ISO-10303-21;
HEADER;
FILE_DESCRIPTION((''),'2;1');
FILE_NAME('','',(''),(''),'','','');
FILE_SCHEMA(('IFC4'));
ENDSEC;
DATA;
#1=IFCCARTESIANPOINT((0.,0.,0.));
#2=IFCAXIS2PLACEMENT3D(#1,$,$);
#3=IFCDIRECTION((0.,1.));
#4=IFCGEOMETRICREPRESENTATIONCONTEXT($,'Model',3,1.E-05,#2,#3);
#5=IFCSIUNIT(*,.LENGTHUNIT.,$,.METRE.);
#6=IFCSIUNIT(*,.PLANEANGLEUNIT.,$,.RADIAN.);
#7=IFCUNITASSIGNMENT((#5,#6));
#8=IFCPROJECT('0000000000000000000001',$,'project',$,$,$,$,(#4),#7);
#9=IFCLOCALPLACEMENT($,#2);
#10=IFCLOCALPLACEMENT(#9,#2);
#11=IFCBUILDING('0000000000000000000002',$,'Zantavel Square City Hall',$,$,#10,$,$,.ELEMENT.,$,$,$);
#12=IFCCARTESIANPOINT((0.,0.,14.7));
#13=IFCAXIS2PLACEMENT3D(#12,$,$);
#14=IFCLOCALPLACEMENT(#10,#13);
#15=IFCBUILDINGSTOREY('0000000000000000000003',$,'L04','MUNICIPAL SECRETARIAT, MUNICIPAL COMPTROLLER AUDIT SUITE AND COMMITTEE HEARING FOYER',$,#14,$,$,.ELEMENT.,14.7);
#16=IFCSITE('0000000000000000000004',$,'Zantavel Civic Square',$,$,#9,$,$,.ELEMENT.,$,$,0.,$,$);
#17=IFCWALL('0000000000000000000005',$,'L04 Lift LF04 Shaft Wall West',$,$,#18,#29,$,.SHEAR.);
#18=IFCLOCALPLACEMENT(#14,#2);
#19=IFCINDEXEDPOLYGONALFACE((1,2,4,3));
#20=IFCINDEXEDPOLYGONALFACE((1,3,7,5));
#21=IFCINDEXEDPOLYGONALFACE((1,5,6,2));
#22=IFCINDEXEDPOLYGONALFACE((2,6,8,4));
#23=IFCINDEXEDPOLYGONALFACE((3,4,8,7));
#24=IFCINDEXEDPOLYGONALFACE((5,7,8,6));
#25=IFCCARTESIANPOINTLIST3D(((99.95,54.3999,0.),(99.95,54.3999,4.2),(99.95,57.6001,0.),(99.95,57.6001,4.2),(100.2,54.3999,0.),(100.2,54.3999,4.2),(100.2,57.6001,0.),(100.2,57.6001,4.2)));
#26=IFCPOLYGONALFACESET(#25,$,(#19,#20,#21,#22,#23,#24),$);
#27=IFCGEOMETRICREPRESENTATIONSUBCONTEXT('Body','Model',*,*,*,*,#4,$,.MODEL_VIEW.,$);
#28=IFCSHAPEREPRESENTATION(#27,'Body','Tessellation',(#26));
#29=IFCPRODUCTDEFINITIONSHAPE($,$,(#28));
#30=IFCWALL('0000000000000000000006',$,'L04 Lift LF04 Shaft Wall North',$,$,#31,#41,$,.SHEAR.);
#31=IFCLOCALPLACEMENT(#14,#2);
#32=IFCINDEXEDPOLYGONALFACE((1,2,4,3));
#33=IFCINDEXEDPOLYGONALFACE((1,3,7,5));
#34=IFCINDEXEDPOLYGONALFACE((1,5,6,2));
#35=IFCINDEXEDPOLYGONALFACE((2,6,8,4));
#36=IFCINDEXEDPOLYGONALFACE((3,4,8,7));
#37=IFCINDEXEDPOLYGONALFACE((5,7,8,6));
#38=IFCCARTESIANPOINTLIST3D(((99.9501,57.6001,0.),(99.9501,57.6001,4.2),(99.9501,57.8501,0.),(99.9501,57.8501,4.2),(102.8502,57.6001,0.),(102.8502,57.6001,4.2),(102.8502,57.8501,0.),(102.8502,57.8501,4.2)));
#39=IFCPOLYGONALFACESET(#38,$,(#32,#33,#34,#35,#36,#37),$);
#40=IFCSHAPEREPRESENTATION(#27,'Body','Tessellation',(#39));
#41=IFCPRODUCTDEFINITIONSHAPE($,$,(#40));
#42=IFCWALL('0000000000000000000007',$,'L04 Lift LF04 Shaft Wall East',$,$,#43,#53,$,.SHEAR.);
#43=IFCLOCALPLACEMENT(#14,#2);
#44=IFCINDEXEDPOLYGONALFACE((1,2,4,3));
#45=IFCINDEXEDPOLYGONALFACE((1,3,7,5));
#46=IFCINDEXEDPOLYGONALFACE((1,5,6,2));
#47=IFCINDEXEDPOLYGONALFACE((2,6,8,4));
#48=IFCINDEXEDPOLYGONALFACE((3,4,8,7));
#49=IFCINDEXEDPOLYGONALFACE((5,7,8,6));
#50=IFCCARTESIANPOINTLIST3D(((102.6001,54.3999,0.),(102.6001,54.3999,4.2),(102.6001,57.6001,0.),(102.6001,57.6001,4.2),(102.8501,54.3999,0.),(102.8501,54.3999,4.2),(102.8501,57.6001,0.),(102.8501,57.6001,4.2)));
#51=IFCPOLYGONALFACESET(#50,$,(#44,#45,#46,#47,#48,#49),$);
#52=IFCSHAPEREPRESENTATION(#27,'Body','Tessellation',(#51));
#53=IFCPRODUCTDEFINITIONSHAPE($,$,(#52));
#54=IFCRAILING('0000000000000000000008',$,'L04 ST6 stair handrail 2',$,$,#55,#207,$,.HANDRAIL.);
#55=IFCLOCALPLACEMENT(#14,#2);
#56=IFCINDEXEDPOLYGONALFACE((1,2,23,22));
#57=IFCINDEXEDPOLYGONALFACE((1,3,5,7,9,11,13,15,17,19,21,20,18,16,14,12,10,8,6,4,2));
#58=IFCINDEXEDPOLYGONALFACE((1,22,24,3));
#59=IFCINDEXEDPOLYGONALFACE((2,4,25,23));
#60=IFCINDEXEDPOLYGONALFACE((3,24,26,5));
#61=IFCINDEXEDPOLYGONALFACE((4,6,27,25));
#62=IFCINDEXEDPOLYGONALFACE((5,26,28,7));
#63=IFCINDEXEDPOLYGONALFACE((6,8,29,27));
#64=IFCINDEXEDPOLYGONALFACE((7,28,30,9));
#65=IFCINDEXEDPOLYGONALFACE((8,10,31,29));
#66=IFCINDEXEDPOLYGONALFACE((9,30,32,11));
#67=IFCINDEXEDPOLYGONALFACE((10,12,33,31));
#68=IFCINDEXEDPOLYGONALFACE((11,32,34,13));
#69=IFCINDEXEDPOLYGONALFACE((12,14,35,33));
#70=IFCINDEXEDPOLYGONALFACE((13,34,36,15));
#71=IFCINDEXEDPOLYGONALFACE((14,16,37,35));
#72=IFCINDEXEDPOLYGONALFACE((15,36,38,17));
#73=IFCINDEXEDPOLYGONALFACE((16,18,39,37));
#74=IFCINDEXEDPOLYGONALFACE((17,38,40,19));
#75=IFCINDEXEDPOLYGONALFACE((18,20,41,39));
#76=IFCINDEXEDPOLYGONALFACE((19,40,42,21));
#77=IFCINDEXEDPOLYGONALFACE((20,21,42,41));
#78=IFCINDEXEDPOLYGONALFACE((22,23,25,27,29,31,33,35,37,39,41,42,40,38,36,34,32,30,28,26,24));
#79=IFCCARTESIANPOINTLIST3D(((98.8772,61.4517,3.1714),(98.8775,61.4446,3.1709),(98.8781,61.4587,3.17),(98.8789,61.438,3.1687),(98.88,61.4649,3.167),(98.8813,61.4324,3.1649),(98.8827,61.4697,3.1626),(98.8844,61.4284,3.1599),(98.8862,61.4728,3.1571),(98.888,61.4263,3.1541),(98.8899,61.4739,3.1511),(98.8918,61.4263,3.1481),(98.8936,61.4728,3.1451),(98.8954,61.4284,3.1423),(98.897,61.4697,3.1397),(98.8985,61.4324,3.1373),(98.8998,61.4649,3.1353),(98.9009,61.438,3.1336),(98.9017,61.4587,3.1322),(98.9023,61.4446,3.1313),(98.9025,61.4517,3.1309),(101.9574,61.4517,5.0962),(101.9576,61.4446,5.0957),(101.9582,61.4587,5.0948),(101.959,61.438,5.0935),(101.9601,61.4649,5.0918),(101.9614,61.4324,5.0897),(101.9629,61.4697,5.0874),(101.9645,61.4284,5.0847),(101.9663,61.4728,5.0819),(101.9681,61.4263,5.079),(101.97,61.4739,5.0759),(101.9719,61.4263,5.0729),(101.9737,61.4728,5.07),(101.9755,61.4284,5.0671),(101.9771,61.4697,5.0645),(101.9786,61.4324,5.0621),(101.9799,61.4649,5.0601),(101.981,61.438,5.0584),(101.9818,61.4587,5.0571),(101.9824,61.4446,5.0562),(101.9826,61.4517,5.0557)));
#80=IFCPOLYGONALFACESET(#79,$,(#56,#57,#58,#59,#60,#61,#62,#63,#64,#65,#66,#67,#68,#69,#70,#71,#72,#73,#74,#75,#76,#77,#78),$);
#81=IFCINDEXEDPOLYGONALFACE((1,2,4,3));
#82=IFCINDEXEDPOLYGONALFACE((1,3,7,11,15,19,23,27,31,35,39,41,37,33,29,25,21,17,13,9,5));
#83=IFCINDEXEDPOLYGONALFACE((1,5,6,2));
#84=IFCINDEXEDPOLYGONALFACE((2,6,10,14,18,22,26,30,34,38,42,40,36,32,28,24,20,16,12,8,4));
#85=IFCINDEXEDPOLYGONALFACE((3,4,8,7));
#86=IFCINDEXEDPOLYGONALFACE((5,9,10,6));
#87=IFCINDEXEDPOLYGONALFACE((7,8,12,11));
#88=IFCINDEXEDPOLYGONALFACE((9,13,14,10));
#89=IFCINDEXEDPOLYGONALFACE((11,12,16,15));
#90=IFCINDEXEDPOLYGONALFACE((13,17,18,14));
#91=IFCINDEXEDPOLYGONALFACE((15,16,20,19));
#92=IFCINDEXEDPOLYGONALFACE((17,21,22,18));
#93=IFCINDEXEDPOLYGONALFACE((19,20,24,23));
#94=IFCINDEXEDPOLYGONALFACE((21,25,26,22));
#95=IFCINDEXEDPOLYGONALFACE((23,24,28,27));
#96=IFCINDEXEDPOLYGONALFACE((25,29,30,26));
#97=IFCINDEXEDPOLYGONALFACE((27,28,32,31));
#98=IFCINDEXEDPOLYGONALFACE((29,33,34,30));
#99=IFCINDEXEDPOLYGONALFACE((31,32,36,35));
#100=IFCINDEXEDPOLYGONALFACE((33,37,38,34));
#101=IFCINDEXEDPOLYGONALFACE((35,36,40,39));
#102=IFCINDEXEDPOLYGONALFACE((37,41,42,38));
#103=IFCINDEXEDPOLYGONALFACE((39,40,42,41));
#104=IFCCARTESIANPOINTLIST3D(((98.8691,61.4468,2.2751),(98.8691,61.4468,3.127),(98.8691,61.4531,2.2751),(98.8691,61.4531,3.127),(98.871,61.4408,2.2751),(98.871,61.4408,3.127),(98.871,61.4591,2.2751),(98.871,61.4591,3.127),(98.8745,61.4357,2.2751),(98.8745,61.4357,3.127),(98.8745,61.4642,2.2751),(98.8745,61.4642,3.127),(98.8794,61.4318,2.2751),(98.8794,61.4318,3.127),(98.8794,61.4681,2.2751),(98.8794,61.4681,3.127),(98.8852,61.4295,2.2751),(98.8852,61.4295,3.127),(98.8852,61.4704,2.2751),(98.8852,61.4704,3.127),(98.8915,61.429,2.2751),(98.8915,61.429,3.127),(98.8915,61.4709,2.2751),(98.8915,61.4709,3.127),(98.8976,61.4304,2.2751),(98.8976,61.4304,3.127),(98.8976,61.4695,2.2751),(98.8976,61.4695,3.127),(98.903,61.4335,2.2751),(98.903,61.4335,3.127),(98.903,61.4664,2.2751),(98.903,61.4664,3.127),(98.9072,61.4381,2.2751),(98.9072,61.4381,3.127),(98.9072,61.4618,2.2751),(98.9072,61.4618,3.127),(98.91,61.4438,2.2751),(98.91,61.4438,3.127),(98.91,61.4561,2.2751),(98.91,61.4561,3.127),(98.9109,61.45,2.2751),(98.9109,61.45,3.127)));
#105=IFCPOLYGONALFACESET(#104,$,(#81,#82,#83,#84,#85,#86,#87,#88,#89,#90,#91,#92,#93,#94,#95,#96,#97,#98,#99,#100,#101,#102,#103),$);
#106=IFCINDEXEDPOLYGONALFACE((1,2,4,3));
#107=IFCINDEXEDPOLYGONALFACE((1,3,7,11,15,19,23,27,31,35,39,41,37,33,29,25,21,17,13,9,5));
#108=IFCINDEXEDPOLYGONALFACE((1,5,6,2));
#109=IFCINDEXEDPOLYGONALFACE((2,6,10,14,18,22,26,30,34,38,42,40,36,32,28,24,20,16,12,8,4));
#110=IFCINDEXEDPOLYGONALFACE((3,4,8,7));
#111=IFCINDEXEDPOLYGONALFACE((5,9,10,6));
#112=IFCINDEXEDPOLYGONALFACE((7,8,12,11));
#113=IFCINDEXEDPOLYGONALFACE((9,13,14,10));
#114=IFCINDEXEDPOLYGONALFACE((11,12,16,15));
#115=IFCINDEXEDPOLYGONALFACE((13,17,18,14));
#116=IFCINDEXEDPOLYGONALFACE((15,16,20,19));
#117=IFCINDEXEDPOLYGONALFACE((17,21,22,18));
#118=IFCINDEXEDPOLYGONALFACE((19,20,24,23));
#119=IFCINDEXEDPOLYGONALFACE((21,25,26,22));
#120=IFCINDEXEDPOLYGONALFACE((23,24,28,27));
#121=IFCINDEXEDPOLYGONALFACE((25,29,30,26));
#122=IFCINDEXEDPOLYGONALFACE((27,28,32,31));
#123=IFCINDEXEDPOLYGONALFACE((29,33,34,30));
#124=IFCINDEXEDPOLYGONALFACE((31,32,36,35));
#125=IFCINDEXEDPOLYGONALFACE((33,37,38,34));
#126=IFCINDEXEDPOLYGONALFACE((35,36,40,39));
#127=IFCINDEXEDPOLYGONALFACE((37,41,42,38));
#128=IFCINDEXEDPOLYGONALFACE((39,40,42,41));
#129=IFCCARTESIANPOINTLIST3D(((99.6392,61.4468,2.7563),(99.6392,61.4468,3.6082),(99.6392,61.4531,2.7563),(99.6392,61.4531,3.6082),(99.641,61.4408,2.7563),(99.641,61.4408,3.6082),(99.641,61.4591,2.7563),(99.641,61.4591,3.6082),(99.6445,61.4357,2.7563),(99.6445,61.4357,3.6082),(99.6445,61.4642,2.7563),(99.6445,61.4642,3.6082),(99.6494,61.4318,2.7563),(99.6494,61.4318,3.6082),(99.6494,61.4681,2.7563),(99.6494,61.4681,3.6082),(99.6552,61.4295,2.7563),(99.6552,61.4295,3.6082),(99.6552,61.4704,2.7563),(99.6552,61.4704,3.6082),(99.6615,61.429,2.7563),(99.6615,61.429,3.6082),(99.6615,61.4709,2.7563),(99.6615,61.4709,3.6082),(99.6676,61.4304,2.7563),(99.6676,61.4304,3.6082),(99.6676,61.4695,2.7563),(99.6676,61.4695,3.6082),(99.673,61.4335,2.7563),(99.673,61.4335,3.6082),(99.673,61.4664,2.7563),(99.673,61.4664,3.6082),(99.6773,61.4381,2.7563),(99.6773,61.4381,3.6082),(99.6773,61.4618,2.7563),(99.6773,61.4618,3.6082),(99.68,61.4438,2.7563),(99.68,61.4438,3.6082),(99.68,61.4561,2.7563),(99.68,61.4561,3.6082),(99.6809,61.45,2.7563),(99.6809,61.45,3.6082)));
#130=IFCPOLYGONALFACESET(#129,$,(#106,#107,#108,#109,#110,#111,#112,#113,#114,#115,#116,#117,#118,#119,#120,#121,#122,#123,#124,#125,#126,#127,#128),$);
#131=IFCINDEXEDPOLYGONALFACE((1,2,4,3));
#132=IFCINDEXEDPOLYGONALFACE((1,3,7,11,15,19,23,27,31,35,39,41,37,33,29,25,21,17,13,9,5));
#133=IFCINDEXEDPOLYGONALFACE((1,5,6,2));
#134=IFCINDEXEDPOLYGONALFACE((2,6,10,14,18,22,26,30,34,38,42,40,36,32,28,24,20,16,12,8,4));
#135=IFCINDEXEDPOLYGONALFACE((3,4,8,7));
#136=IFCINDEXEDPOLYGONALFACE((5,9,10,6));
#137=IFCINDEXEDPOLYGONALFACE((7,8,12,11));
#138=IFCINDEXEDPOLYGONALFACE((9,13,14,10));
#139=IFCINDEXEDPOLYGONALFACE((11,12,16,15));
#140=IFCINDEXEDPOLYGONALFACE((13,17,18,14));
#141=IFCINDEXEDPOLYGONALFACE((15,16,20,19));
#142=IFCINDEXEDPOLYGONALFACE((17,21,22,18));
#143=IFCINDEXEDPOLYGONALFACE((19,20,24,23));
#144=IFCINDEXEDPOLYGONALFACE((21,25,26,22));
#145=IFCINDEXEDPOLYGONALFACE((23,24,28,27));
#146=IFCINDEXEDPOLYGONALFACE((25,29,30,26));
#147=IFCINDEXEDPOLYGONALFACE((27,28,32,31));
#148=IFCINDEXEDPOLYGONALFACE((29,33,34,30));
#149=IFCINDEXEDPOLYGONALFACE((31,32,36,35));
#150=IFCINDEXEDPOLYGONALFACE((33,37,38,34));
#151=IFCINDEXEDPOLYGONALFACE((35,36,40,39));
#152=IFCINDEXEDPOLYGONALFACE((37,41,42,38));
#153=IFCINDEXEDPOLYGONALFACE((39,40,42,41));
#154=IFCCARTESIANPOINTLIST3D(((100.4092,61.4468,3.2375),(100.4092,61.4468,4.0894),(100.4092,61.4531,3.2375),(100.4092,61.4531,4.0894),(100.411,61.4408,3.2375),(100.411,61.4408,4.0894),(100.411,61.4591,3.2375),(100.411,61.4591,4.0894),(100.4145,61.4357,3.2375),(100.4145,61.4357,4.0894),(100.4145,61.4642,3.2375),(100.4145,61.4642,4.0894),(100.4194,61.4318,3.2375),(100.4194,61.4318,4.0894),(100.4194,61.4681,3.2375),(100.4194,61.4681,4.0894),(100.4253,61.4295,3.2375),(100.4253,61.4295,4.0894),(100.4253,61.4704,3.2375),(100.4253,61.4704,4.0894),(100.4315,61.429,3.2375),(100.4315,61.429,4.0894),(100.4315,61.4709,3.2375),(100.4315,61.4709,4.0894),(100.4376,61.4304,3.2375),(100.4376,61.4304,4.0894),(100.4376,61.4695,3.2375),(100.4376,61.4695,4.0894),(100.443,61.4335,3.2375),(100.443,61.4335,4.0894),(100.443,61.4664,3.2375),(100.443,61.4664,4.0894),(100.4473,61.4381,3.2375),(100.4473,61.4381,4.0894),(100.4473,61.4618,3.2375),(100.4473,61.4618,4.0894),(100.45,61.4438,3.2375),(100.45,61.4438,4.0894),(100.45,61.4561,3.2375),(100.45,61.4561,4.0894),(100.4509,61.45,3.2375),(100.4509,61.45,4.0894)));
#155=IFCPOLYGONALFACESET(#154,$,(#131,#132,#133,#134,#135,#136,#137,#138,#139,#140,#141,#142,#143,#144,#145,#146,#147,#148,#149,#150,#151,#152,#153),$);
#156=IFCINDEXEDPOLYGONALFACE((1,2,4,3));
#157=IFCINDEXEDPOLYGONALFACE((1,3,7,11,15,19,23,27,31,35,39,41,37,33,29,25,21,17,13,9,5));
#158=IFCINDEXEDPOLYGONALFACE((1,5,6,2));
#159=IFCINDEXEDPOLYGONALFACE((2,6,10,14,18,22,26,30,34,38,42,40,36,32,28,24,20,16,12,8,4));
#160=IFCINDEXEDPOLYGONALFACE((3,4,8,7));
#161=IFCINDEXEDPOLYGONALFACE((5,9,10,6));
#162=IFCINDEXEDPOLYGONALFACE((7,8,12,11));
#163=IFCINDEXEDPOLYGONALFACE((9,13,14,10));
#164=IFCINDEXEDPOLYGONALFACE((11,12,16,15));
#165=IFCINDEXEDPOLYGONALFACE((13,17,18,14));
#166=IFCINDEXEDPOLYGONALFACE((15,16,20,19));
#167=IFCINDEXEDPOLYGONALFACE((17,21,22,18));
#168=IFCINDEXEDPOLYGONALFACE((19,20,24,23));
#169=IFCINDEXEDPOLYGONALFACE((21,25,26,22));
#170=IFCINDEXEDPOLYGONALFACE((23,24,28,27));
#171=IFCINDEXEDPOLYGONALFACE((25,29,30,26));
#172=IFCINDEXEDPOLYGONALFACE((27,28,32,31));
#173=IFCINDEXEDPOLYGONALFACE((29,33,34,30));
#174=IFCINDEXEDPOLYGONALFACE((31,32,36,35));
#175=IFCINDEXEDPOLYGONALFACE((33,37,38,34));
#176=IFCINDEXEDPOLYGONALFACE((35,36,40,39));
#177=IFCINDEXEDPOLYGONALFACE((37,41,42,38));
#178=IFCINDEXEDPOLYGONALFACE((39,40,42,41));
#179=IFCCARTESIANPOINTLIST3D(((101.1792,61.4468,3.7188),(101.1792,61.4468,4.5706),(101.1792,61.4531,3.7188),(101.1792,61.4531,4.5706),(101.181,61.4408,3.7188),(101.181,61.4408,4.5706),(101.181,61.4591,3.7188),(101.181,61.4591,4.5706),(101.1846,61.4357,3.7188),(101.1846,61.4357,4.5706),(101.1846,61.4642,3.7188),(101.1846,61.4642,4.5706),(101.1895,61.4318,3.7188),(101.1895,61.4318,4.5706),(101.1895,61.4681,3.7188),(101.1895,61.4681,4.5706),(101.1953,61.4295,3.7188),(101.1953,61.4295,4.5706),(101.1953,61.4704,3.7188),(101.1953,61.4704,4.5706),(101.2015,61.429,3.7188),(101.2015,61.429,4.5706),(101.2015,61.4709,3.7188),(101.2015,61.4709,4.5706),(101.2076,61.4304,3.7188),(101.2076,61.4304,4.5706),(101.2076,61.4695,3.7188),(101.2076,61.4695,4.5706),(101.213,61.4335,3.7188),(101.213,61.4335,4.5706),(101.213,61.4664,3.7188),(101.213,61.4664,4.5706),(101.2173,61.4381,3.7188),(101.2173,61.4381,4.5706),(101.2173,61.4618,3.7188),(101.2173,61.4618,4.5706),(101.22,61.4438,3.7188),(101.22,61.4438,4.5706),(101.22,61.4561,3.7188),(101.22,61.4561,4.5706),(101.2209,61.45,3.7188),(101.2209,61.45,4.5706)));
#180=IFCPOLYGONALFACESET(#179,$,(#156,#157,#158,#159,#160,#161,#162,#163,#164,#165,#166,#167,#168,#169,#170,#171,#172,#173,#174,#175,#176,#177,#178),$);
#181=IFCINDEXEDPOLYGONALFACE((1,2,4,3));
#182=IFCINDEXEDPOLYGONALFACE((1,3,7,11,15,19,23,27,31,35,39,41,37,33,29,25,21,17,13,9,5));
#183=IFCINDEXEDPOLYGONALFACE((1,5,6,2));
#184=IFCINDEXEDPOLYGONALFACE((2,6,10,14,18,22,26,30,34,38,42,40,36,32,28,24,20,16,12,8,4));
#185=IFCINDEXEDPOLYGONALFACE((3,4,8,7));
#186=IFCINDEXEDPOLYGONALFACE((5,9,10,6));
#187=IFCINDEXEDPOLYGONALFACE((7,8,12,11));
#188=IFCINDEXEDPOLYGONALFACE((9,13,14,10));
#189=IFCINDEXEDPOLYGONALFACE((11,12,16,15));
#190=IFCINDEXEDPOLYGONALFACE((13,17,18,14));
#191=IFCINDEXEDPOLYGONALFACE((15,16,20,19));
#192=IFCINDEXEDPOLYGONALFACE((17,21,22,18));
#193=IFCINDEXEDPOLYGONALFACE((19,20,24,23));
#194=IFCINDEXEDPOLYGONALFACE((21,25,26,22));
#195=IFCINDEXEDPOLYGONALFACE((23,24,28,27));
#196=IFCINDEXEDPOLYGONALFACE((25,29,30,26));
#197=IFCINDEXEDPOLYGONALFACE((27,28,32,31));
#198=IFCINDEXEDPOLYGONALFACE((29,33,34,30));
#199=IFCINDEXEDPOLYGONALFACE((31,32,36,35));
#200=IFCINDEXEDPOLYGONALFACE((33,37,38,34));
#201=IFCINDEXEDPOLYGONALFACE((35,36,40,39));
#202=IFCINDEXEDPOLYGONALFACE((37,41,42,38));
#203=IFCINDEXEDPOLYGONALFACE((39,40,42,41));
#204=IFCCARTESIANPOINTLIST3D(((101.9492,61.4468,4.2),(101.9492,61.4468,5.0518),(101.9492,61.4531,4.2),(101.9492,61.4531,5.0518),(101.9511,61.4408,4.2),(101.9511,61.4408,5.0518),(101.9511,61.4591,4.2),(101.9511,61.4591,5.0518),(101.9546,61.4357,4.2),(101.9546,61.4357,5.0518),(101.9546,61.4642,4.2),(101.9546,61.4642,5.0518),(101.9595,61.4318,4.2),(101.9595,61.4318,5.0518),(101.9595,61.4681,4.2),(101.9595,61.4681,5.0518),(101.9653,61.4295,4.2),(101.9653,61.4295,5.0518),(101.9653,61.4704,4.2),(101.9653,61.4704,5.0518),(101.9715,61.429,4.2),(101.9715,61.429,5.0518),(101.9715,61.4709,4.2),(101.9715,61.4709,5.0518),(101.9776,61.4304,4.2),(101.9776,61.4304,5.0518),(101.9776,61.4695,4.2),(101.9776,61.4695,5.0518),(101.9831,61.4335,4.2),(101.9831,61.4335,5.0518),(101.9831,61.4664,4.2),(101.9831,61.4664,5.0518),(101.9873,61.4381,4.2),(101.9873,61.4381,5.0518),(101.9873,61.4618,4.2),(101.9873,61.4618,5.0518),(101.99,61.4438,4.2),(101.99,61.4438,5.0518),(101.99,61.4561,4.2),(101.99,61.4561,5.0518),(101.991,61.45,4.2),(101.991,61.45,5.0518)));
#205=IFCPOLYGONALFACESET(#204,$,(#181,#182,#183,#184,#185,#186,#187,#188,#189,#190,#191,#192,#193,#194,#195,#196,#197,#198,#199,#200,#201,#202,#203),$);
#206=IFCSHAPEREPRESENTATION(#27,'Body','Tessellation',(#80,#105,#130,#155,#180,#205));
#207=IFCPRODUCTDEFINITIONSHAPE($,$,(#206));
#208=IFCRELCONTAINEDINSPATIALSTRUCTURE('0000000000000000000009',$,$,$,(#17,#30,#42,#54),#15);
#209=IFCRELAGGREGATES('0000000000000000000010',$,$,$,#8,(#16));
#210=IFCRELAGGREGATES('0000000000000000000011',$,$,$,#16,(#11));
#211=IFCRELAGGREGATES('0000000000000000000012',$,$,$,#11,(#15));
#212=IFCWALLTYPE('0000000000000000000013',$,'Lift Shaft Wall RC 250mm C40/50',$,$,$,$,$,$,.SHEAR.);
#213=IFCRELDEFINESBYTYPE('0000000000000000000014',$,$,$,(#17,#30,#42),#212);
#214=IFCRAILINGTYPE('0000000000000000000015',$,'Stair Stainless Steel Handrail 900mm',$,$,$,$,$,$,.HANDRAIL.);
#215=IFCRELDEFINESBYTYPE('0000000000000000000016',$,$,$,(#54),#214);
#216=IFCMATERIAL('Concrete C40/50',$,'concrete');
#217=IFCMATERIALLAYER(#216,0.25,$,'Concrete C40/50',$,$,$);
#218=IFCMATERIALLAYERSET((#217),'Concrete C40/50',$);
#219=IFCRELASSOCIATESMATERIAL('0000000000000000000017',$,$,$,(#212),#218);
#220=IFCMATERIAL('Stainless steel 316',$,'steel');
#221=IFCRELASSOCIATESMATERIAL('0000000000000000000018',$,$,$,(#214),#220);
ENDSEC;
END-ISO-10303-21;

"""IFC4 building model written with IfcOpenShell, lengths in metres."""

from ifc_helpers import new_model, si_unit, direction, frame, frame_2d, origin, origin_2d, place, context, subcontext, project, spatial, rectangle, circle, extrude, material, layer, layer_set, type_object, element, save


model = new_model("IFC4")

# Units and contexts
model_context = context("Model", 3, precision=1e-05, world=origin(), true_north=direction((0.0, 1.0)))
body_context = subcontext(model_context, "Body", "Model", "MODEL_VIEW")
ifc_project = project(units=[si_unit("LENGTHUNIT", "METRE"), si_unit("PLANEANGLEUNIT", "RADIAN")], contexts=[model_context])

# Site, building, storey
site_placement = place(None, origin())
site = spatial("IfcSite", under=ifc_project, at=site_placement, Name="Zantavel Civic Square", CompositionType="ELEMENT", RefElevation=0.0)
building_placement = place(site_placement, origin())
building = spatial("IfcBuilding", under=site, at=building_placement, Name="Zantavel Square City Hall", CompositionType="ELEMENT")
storey_placement = place(building_placement, frame((0.0, 0.0, 14.7)))
storey = spatial("IfcBuildingStorey", under=building, at=storey_placement, Name="L04", Description="MUNICIPAL SECRETARIAT, MUNICIPAL COMPTROLLER AUDIT SUITE AND COMMITTEE HEARING FOYER", CompositionType="ELEMENT", Elevation=14.7)

# Shared definitions
ifc_material_1 = material(Name="Concrete C40/50", Category="concrete")

# Shared definitions
ifc_layer_1 = layer(ifc_material_1, 0.25, Name="Concrete C40/50")
ifc_layer_set_1 = layer_set([ifc_layer_1], Name="Concrete C40/50")
wall_type_1 = type_object("IfcWallType", Name="Lift Shaft Wall RC 250mm C40/50", PredefinedType="SHEAR", material=ifc_layer_set_1)
ifc_material_2 = material(Name="Stainless steel 316", Category="steel")

# Walls
wall_1_placement = place(storey_placement, frame((100.075, 54.3999, 0.0), z_axis=(0.0, 0.0, 1.0), x_axis=(0.0, 1.0, 0.0)))
element("IfcWall", 1, at=wall_1_placement, inside=storey, type_object=wall_type_1, Name="L04 Lift LF04 Shaft Wall West", PredefinedType="SHEAR", context=body_context, shape_type="SweptSolid", body=[
    extrude(rectangle(XDim=3.2002, YDim=0.25, at=frame_2d((1.6001, 0.0))), origin(), (0.0, 0.0, 1.0), 4.2),
])
wall_2_placement = place(storey_placement, frame((99.95, 57.7251, 0.0), z_axis=(0.0, 0.0, 1.0), x_axis=(1.0, 0.0, 0.0)))
element("IfcWall", 2, at=wall_2_placement, inside=storey, type_object=wall_type_1, Name="L04 Lift LF04 Shaft Wall North", PredefinedType="SHEAR", context=body_context, shape_type="SweptSolid", body=[
    extrude(rectangle(XDim=2.9001, YDim=0.25, at=frame_2d((1.4502, 0.0))), origin(), (0.0, 0.0, 1.0), 4.2),
])
wall_3_placement = place(storey_placement, frame((102.7251, 57.6001, 0.0), z_axis=(0.0, 0.0, 1.0), x_axis=(0.0, -1.0, 0.0)))
element("IfcWall", 3, at=wall_3_placement, inside=storey, type_object=wall_type_1, Name="L04 Lift LF04 Shaft Wall East", PredefinedType="SHEAR", context=body_context, shape_type="SweptSolid", body=[
    extrude(rectangle(XDim=3.2002, YDim=0.25, at=frame_2d((1.6001, 0.0))), origin(), (0.0, 0.0, 1.0), 4.2),
])

# Railing
railing_type = type_object("IfcRailingType", Name="Stair Stainless Steel Handrail 900mm", PredefinedType="HANDRAIL", material=ifc_material_2)
railing_placement = place(storey_placement, frame((98.8899, 61.45, 2.2751)))
element("IfcRailing", 4, at=railing_placement, inside=storey, type_object=railing_type, Name="L04 ST6 stair handrail 2", PredefinedType="HANDRAIL", context=body_context, shape_type="SweptSolid", body=[
    extrude(circle(Radius=0.0239, at=origin_2d()), frame((0.0, 0.0, 0.876), z_axis=(0.848029, 0.0, 0.529951), x_axis=(0.0, 1.0, 0.0)), (0.0, 0.0, 1.0), 3.6321),
    extrude(circle(Radius=0.021, at=origin_2d()), origin(), (0.0, 0.0, 1.0), 0.8518),
    extrude(circle(Radius=0.021, at=origin_2d()), frame((0.77, 0.0, 0.4812)), (0.0, 0.0, 1.0), 0.8518),
    extrude(circle(Radius=0.021, at=origin_2d()), frame((1.54, 0.0, 0.9624)), (0.0, 0.0, 1.0), 0.8518),
    extrude(circle(Radius=0.021, at=origin_2d()), frame((2.3101, 0.0, 1.4436)), (0.0, 0.0, 1.0), 0.8518),
    extrude(circle(Radius=0.021, at=origin_2d()), frame((3.0801, 0.0, 1.9248)), (0.0, 0.0, 1.0), 0.8518),
])

save(model, "model.ifc")
